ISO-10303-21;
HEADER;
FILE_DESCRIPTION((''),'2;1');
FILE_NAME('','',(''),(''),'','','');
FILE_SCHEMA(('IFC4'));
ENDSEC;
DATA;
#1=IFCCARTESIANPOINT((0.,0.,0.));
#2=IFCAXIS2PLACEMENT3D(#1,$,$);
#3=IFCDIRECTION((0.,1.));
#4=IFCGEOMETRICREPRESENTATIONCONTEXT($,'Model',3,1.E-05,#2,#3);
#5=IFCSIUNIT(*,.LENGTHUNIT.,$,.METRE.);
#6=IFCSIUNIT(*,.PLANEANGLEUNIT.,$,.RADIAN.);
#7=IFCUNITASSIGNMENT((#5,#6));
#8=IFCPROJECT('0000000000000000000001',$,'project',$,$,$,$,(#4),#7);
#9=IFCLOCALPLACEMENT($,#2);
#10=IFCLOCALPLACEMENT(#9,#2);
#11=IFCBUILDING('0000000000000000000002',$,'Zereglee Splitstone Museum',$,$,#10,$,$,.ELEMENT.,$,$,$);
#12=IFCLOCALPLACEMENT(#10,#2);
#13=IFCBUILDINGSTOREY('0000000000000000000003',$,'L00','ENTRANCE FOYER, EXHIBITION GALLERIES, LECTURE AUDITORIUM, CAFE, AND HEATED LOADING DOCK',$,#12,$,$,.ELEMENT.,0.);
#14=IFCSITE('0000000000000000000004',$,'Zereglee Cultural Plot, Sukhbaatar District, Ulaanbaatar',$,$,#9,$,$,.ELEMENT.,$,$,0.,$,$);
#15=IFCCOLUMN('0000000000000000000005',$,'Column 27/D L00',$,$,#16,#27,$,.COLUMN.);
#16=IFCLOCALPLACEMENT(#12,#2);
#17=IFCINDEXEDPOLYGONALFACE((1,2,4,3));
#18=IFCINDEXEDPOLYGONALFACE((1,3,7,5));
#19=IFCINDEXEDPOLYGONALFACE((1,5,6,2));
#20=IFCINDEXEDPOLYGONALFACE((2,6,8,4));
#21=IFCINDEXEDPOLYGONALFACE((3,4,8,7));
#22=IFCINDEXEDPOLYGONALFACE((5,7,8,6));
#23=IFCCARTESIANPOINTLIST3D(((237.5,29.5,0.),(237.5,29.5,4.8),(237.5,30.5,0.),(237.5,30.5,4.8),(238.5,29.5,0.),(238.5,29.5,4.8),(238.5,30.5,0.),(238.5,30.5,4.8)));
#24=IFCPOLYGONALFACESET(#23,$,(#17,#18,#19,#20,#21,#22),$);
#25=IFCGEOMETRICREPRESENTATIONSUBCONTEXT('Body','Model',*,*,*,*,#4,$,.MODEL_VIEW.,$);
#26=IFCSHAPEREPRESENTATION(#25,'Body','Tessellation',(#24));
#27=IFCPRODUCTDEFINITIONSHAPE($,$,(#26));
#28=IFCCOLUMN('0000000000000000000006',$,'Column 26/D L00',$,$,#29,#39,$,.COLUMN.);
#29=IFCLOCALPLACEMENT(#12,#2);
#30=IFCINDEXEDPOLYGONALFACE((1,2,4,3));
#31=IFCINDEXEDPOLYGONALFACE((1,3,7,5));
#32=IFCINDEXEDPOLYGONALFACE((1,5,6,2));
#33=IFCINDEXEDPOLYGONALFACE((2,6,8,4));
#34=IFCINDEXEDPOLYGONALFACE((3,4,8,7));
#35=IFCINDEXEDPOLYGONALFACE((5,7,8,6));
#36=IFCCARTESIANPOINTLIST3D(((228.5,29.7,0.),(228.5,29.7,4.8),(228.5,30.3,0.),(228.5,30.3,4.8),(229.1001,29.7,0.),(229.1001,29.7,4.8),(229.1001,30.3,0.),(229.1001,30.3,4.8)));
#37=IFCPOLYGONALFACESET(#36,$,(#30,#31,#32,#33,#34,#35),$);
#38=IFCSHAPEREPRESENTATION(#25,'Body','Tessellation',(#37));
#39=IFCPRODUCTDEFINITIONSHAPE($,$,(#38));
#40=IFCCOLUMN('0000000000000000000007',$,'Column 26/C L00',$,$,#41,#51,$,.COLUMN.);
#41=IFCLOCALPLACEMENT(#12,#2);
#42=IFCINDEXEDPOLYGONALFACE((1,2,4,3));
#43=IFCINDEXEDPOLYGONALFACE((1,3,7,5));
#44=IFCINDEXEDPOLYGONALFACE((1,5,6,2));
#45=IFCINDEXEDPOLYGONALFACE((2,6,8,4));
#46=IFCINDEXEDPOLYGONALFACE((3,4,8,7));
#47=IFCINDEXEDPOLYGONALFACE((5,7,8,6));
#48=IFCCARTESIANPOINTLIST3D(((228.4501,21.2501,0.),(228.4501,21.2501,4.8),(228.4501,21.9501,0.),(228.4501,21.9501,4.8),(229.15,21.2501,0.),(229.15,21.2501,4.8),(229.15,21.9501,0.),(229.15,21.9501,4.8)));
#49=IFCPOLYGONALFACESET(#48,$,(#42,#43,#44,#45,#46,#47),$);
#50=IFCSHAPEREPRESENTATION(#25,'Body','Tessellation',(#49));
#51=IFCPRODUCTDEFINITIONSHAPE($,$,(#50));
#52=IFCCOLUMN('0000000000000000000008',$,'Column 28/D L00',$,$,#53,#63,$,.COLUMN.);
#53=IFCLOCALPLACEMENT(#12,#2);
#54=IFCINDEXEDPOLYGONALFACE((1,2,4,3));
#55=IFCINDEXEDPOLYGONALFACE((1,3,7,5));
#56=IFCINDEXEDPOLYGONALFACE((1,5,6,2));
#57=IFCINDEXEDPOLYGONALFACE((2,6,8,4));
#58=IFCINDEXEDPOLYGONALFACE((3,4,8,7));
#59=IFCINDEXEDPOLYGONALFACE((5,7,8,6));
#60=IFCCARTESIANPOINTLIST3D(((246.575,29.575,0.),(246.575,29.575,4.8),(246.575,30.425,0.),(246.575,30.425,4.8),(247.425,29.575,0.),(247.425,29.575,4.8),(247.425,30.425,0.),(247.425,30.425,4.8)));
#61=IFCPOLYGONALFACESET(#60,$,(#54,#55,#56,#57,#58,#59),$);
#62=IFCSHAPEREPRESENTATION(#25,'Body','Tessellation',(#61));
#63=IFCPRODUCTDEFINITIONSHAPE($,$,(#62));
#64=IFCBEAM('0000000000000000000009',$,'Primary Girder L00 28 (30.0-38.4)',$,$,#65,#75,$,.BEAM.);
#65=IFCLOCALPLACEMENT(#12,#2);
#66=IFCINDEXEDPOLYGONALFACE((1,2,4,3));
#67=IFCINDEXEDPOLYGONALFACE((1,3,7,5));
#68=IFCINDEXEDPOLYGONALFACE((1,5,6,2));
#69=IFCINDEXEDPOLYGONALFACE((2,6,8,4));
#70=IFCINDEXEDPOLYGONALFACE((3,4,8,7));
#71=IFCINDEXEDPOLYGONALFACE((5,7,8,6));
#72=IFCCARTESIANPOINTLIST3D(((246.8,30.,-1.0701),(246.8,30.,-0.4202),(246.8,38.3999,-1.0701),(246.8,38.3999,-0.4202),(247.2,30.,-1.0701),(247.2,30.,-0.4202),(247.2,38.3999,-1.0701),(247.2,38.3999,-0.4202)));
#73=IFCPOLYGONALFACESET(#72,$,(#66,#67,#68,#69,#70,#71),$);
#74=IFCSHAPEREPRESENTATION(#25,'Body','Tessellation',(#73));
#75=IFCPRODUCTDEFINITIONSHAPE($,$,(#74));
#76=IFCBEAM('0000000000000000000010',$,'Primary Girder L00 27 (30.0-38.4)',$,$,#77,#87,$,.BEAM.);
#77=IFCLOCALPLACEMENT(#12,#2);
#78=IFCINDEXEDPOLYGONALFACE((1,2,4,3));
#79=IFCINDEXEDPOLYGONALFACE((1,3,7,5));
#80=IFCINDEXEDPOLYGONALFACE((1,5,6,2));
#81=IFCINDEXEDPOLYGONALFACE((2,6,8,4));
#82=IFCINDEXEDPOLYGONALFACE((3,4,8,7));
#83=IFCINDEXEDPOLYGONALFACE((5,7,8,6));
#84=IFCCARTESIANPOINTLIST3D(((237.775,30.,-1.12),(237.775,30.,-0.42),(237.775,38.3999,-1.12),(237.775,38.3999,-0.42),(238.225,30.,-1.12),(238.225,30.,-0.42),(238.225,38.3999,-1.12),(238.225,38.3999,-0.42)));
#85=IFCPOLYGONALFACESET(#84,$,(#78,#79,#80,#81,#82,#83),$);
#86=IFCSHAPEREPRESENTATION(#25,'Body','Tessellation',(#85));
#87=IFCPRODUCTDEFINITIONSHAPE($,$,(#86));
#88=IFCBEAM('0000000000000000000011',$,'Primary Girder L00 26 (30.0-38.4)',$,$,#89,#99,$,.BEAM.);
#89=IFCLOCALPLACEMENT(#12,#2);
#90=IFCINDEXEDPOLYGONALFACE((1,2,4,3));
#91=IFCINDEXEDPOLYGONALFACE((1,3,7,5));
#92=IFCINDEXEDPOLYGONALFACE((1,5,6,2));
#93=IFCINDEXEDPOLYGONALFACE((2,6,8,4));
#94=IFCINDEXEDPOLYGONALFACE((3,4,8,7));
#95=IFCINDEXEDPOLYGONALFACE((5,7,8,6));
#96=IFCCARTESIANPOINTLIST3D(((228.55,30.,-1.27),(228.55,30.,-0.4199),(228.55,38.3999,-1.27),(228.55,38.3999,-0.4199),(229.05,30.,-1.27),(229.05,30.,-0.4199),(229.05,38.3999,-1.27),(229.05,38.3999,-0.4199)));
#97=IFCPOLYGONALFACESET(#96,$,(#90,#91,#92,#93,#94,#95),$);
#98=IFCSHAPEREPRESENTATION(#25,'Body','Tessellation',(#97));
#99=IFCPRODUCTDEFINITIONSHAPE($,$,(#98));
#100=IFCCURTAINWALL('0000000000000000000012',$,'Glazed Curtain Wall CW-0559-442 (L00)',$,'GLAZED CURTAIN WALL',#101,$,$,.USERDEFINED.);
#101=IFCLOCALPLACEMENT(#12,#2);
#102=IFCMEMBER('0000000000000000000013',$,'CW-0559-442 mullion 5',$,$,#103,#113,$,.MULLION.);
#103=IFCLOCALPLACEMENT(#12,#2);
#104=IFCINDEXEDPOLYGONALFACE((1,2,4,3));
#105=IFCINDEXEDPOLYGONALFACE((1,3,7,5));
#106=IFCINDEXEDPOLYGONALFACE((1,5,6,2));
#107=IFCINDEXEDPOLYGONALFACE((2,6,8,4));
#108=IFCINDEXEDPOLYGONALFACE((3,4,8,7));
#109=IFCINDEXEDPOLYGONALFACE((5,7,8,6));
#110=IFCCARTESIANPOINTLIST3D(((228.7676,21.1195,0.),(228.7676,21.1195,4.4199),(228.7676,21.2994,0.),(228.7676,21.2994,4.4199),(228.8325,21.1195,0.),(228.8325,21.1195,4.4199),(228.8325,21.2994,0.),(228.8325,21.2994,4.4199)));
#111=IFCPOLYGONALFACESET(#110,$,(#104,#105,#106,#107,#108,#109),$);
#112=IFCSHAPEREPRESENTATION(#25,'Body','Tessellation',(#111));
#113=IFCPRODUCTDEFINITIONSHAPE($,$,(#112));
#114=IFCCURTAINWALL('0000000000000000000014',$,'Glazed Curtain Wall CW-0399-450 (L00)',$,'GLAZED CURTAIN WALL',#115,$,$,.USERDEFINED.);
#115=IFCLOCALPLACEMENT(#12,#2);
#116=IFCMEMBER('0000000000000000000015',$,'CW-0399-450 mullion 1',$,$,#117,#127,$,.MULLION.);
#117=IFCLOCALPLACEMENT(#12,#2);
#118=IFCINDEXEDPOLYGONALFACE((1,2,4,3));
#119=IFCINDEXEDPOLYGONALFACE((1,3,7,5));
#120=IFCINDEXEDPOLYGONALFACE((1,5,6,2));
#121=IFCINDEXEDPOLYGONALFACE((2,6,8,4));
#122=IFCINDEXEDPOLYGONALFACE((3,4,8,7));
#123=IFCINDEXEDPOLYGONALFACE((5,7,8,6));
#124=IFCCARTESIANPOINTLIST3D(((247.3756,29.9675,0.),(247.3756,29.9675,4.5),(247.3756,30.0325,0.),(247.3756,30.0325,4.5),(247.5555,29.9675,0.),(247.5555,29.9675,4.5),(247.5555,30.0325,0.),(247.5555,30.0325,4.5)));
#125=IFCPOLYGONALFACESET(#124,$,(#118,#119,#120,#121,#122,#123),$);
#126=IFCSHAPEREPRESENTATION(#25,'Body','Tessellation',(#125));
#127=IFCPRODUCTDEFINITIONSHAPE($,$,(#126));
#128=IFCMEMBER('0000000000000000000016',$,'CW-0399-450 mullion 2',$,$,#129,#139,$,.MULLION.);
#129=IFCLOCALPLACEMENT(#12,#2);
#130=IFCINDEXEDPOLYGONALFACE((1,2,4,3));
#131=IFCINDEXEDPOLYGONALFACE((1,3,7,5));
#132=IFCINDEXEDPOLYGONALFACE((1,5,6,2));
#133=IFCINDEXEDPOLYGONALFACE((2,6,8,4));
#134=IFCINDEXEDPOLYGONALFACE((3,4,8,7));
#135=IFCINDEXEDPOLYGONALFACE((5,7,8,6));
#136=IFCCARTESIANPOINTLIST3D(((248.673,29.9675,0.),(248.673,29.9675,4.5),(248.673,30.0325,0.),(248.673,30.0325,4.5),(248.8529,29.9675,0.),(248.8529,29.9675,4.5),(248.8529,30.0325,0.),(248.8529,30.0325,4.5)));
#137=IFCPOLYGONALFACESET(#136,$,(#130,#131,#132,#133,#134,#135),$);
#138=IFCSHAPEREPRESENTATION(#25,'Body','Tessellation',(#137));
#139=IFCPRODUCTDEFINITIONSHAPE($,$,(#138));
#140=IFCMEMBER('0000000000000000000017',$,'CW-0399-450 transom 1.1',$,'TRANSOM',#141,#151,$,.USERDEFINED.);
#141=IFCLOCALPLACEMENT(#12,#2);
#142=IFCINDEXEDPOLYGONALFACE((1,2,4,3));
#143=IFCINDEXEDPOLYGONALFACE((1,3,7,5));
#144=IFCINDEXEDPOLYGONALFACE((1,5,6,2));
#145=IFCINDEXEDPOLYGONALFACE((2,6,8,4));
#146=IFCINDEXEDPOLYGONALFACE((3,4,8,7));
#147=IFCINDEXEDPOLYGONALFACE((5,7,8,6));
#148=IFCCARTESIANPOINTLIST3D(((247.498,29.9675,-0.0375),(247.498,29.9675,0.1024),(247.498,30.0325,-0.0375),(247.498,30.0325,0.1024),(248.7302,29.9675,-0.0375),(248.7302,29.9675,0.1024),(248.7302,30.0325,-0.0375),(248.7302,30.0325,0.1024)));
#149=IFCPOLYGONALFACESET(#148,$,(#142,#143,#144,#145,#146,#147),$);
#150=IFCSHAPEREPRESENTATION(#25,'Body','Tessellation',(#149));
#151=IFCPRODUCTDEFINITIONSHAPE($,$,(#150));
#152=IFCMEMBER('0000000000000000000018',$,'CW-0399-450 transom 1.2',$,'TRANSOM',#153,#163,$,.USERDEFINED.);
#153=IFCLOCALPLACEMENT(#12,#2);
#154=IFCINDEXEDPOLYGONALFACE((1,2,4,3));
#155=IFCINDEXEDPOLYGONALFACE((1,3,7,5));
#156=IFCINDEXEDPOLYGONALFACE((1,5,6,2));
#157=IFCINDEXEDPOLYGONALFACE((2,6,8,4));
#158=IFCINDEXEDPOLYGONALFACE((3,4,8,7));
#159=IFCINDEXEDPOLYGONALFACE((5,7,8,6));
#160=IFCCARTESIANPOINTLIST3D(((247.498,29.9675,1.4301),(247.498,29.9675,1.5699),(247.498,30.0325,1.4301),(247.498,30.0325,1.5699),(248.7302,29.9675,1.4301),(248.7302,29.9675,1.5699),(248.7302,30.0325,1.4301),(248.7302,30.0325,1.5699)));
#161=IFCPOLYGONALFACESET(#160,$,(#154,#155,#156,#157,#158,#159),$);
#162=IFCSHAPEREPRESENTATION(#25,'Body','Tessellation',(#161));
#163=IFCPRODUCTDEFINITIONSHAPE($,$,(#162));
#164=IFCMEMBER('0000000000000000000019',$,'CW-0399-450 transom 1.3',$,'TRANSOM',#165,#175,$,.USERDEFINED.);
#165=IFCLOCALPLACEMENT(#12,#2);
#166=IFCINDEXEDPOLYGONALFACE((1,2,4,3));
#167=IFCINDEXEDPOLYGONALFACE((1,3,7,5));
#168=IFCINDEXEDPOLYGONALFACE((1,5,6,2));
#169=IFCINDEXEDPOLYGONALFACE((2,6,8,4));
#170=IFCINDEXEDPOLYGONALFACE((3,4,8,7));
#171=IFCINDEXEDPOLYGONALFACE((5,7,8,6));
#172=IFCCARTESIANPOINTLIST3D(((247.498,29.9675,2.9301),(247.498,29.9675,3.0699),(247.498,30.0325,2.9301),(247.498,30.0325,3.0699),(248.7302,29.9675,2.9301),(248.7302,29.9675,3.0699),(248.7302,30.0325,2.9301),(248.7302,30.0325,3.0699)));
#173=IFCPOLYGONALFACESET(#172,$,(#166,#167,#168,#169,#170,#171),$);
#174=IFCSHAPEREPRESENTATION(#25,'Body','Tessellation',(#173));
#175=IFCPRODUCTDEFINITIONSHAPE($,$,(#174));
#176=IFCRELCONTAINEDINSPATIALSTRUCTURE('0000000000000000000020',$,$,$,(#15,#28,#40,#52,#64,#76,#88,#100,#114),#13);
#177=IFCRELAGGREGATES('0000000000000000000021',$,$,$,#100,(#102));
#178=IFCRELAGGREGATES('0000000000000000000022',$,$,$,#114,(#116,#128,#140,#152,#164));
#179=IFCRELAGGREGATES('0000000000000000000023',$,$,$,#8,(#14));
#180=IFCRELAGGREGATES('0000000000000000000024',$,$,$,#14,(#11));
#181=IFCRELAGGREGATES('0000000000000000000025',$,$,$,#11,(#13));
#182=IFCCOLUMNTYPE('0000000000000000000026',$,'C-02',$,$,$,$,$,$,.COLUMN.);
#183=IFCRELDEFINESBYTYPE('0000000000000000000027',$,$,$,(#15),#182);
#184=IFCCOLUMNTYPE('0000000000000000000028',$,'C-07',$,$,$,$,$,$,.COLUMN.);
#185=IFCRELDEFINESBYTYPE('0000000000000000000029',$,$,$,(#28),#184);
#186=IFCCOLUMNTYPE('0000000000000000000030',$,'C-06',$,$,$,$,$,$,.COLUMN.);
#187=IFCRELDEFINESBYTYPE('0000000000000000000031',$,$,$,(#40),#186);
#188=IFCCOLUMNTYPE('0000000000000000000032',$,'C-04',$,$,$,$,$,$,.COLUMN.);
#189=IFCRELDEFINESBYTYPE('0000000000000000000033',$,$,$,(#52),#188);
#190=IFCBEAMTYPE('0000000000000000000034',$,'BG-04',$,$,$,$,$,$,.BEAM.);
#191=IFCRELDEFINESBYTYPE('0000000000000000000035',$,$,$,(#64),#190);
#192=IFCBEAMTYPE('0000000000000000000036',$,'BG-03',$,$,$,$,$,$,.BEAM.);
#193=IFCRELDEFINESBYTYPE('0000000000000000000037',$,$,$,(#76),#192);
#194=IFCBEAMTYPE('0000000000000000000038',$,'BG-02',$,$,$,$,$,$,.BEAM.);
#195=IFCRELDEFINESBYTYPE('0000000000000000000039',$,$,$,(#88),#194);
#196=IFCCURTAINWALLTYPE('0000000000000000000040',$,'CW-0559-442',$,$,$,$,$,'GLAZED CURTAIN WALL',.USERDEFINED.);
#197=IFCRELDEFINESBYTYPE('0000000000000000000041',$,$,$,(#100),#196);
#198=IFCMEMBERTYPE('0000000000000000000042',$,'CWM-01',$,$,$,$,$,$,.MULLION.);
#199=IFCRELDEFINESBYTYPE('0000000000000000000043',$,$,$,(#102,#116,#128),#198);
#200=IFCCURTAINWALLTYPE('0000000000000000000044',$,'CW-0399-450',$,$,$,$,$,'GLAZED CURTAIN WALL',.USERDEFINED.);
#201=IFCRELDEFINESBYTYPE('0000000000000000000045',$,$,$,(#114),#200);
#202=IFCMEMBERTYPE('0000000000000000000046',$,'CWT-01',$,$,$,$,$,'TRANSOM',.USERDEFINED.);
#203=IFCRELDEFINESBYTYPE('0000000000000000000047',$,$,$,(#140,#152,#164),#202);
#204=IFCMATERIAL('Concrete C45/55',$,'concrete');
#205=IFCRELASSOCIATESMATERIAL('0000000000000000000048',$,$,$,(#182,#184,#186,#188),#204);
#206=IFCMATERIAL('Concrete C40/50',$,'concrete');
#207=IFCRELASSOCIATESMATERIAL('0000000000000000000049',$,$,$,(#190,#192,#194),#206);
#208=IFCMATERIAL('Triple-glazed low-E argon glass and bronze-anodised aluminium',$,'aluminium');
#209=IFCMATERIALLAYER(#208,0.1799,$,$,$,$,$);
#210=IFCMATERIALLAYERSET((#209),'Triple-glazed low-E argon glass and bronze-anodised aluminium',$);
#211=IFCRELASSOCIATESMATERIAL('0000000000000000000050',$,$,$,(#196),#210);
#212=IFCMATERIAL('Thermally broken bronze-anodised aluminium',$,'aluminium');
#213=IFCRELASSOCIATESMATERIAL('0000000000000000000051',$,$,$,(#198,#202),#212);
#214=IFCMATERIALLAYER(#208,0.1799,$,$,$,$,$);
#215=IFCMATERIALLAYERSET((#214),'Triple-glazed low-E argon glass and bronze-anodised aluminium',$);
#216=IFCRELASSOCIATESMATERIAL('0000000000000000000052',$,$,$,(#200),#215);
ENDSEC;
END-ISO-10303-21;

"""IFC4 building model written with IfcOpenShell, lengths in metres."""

from ifc_helpers import new_model, si_unit, direction, frame, origin, origin_2d, place, context, subcontext, project, spatial, rectangle, extrude, material, layer, layer_set, material_profile, profile_set, type_object, element, aggregate, save


model = new_model("IFC4")

# Units and contexts
model_context = context("Model", 3, precision=1e-05, world=origin(), true_north=direction((0.0, 1.0)))
body_context = subcontext(model_context, "Body", "Model", "MODEL_VIEW")
ifc_project = project(units=[si_unit("LENGTHUNIT", "METRE"), si_unit("PLANEANGLEUNIT", "RADIAN")], contexts=[model_context])

# Site, building, storey
site_placement = place(None, origin())
site = spatial("IfcSite", under=ifc_project, at=site_placement, Name="Zereglee Cultural Plot, Sukhbaatar District, Ulaanbaatar", CompositionType="ELEMENT", RefElevation=0.0)
building_placement = place(site_placement, origin())
building = spatial("IfcBuilding", under=site, at=building_placement, Name="Zereglee Splitstone Museum", CompositionType="ELEMENT")
storey_placement = place(building_placement, origin())
storey = spatial("IfcBuildingStorey", under=building, at=storey_placement, Name="L00", Description="ENTRANCE FOYER, EXHIBITION GALLERIES, LECTURE AUDITORIUM, CAFE, AND HEATED LOADING DOCK", CompositionType="ELEMENT", Elevation=0.0)

# Columns
ifc_material_1 = material(Name="Concrete C45/55", Category="concrete")
ifc_material_profile_1 = material_profile(ifc_material_1, rectangle(XDim=1.0, YDim=1.0, at=origin_2d()), Name="RC 1000x1000")
ifc_profile_set_1 = profile_set([ifc_material_profile_1], Name="Concrete C45/55")
column_type_1 = type_object("IfcColumnType", Name="C-02", PredefinedType="COLUMN", material=ifc_profile_set_1)
column_1_placement = place(storey_placement, frame((238.0, 30.0, 0.0), z_axis=(0.0, 0.0, 1.0), x_axis=(1.0, 0.0, 0.0)))
element("IfcColumn", 1, at=column_1_placement, inside=storey, type_object=column_type_1, Name="Column 27/D L00", PredefinedType="COLUMN", context=body_context, shape_type="SweptSolid", body=[
    extrude(rectangle(XDim=1.0, YDim=1.0, at=origin_2d()), origin(), (0.0, 0.0, 1.0), 4.8),
])
ifc_material_profile_2 = material_profile(ifc_material_1, rectangle(XDim=0.6001, YDim=0.6001, at=origin_2d()), Name="RC 600x600")
ifc_profile_set_2 = profile_set([ifc_material_profile_2], Name="Concrete C45/55")
column_type_2 = type_object("IfcColumnType", Name="C-07", PredefinedType="COLUMN", material=ifc_profile_set_2)
column_2_placement = place(storey_placement, frame((228.8, 30.0, 0.0), z_axis=(0.0, 0.0, 1.0), x_axis=(1.0, 0.0, 0.0)))
element("IfcColumn", 2, at=column_2_placement, inside=storey, type_object=column_type_2, Name="Column 26/D L00", PredefinedType="COLUMN", context=body_context, shape_type="SweptSolid", body=[
    extrude(rectangle(XDim=0.6001, YDim=0.6001, at=origin_2d()), origin(), (0.0, 0.0, 1.0), 4.8),
])
ifc_material_profile_3 = material_profile(ifc_material_1, rectangle(XDim=0.7, YDim=0.7, at=origin_2d()), Name="RC 700x700")
ifc_profile_set_3 = profile_set([ifc_material_profile_3], Name="Concrete C45/55")
column_type_3 = type_object("IfcColumnType", Name="C-06", PredefinedType="COLUMN", material=ifc_profile_set_3)
column_3_placement = place(storey_placement, frame((228.8, 21.6001, 0.0), z_axis=(0.0, 0.0, 1.0), x_axis=(1.0, 0.0, 0.0)))
element("IfcColumn", 3, at=column_3_placement, inside=storey, type_object=column_type_3, Name="Column 26/C L00", PredefinedType="COLUMN", context=body_context, shape_type="SweptSolid", body=[
    extrude(rectangle(XDim=0.7, YDim=0.7, at=origin_2d()), origin(), (0.0, 0.0, 1.0), 4.8),
])
ifc_material_profile_4 = material_profile(ifc_material_1, rectangle(XDim=0.8501, YDim=0.8501, at=origin_2d()), Name="RC 850x850")
ifc_profile_set_4 = profile_set([ifc_material_profile_4], Name="Concrete C45/55")
column_type_4 = type_object("IfcColumnType", Name="C-04", PredefinedType="COLUMN", material=ifc_profile_set_4)
column_4_placement = place(storey_placement, frame((247.0, 30.0, 0.0), z_axis=(0.0, 0.0, 1.0), x_axis=(1.0, 0.0, 0.0)))
element("IfcColumn", 4, at=column_4_placement, inside=storey, type_object=column_type_4, Name="Column 28/D L00", PredefinedType="COLUMN", context=body_context, shape_type="SweptSolid", body=[
    extrude(rectangle(XDim=0.8501, YDim=0.8501, at=origin_2d()), origin(), (0.0, 0.0, 1.0), 4.8),
])

# Beams
ifc_material_2 = material(Name="Concrete C40/50", Category="concrete")
ifc_material_profile_5 = material_profile(ifc_material_2, rectangle(XDim=0.3999, YDim=0.6499, at=origin_2d()), Name="RC 400x650")
ifc_profile_set_5 = profile_set([ifc_material_profile_5], Name="Concrete C40/50")
beam_type_1 = type_object("IfcBeamType", Name="BG-04", PredefinedType="BEAM", material=ifc_profile_set_5)
beam_1_placement = place(storey_placement, frame((247.0, 30.0, -0.7451), z_axis=(0.0, 1.0, 0.0), x_axis=(-1.0, 0.0, 0.0)))
element("IfcBeam", 5, at=beam_1_placement, inside=storey, type_object=beam_type_1, Name="Primary Girder L00 28 (30.0-38.4)", PredefinedType="BEAM", context=body_context, shape_type="SweptSolid", body=[
    extrude(rectangle(XDim=0.3999, YDim=0.6499, at=origin_2d()), origin(), (0.0, 0.0, 1.0), 8.3999),
])
ifc_material_profile_6 = material_profile(ifc_material_2, rectangle(XDim=0.45, YDim=0.7, at=origin_2d()), Name="RC 450x700")
ifc_profile_set_6 = profile_set([ifc_material_profile_6], Name="Concrete C40/50")
beam_type_2 = type_object("IfcBeamType", Name="BG-03", PredefinedType="BEAM", material=ifc_profile_set_6)
beam_2_placement = place(storey_placement, frame((238.0, 30.0, -0.77), z_axis=(0.0, 1.0, 0.0), x_axis=(-1.0, 0.0, 0.0)))
element("IfcBeam", 6, at=beam_2_placement, inside=storey, type_object=beam_type_2, Name="Primary Girder L00 27 (30.0-38.4)", PredefinedType="BEAM", context=body_context, shape_type="SweptSolid", body=[
    extrude(rectangle(XDim=0.45, YDim=0.7, at=origin_2d()), origin(), (0.0, 0.0, 1.0), 8.3999),
])
ifc_material_profile_7 = material_profile(ifc_material_2, rectangle(XDim=0.5, YDim=0.8501, at=origin_2d()), Name="RC 500x850")
ifc_profile_set_7 = profile_set([ifc_material_profile_7], Name="Concrete C40/50")
beam_type_3 = type_object("IfcBeamType", Name="BG-02", PredefinedType="BEAM", material=ifc_profile_set_7)
beam_3_placement = place(storey_placement, frame((228.8, 30.0, -0.845), z_axis=(0.0, 1.0, 0.0), x_axis=(-1.0, 0.0, 0.0)))
element("IfcBeam", 7, at=beam_3_placement, inside=storey, type_object=beam_type_3, Name="Primary Girder L00 26 (30.0-38.4)", PredefinedType="BEAM", context=body_context, shape_type="SweptSolid", body=[
    extrude(rectangle(XDim=0.5, YDim=0.8501, at=origin_2d()), origin(), (0.0, 0.0, 1.0), 8.3999),
])

# Curtain wall, member
ifc_material_3 = material(Name="Triple-glazed low-E argon glass and bronze-anodised aluminium", Category="aluminium")
ifc_layer_1 = layer(ifc_material_3, 0.1799)
ifc_layer_set_1 = layer_set([ifc_layer_1], Name="Triple-glazed low-E argon glass and bronze-anodised aluminium")
curtain_wall_type_1 = type_object("IfcCurtainWallType", Name="CW-0559-442", ElementType="GLAZED CURTAIN WALL", PredefinedType="USERDEFINED", material=ifc_layer_set_1)
curtain_wall_1_placement = place(storey_placement, origin())
curtain_wall_1 = element("IfcCurtainWall", 8, at=curtain_wall_1_placement, inside=storey, type_object=curtain_wall_type_1, Name="Glazed Curtain Wall CW-0559-442 (L00)", ObjectType="GLAZED CURTAIN WALL", PredefinedType="USERDEFINED")
ifc_material_4 = material(Name="Thermally broken bronze-anodised aluminium", Category="aluminium")
ifc_material_profile_8 = material_profile(ifc_material_4, rectangle(XDim=0.0649, YDim=0.1799, at=origin_2d()), Name="CW MULL 65x180")
ifc_profile_set_8 = profile_set([ifc_material_profile_8], Name="Thermally broken bronze-anodised aluminium")
member_type_1 = type_object("IfcMemberType", Name="CWM-01", PredefinedType="MULLION", material=ifc_profile_set_8)
member_1_placement = place(storey_placement, frame((228.8, 21.2095, 0.0), z_axis=(0.0, 0.0, 1.0), x_axis=(-1.0, 0.0, 0.0)))
member_1 = element("IfcMember", 9, at=member_1_placement, type_object=member_type_1, Name="CW-0559-442 mullion 5", PredefinedType="MULLION", context=body_context, shape_type="SweptSolid", body=[
    extrude(rectangle(XDim=0.0649, YDim=0.1799, at=origin_2d()), origin(), (0.0, 0.0, 1.0), 4.4199),
])
aggregate(curtain_wall_1, [member_1])

# Curtain wall, members
ifc_layer_2 = layer(ifc_material_3, 0.1799)
ifc_layer_set_2 = layer_set([ifc_layer_2], Name="Triple-glazed low-E argon glass and bronze-anodised aluminium")
curtain_wall_type_2 = type_object("IfcCurtainWallType", Name="CW-0399-450", ElementType="GLAZED CURTAIN WALL", PredefinedType="USERDEFINED", material=ifc_layer_set_2)
curtain_wall_2_placement = place(storey_placement, origin())
curtain_wall_2 = element("IfcCurtainWall", 10, at=curtain_wall_2_placement, inside=storey, type_object=curtain_wall_type_2, Name="Glazed Curtain Wall CW-0399-450 (L00)", ObjectType="GLAZED CURTAIN WALL", PredefinedType="USERDEFINED")
member_2_placement = place(storey_placement, frame((247.4656, 30.0, 0.0), z_axis=(0.0, 0.0, 1.0), x_axis=(0.0, 1.0, 0.0)))
member_2 = element("IfcMember", 11, at=member_2_placement, type_object=member_type_1, Name="CW-0399-450 mullion 1", PredefinedType="MULLION", context=body_context, shape_type="SweptSolid", body=[
    extrude(rectangle(XDim=0.0649, YDim=0.1799, at=origin_2d()), origin(), (0.0, 0.0, 1.0), 4.5),
])
member_3_placement = place(storey_placement, frame((248.7629, 30.0, 0.0), z_axis=(0.0, 0.0, 1.0), x_axis=(0.0, 1.0, 0.0)))
member_3 = element("IfcMember", 12, at=member_3_placement, type_object=member_type_1, Name="CW-0399-450 mullion 2", PredefinedType="MULLION", context=body_context, shape_type="SweptSolid", body=[
    extrude(rectangle(XDim=0.0649, YDim=0.1799, at=origin_2d()), origin(), (0.0, 0.0, 1.0), 4.5),
])
ifc_material_profile_9 = material_profile(ifc_material_4, rectangle(XDim=0.0649, YDim=0.1399, at=origin_2d()), Name="CW TRAN 65x140")
ifc_profile_set_9 = profile_set([ifc_material_profile_9], Name="Thermally broken bronze-anodised aluminium")
member_type_2 = type_object("IfcMemberType", Name="CWT-01", ElementType="TRANSOM", PredefinedType="USERDEFINED", material=ifc_profile_set_9)
member_4_placement = place(storey_placement, frame((247.498, 30.0, 0.0325), z_axis=(1.0, 0.0, 0.0), x_axis=(0.0, 1.0, 0.0)))
member_4 = element("IfcMember", 13, at=member_4_placement, type_object=member_type_2, Name="CW-0399-450 transom 1.1", ObjectType="TRANSOM", PredefinedType="USERDEFINED", context=body_context, shape_type="SweptSolid", body=[
    extrude(rectangle(XDim=0.0649, YDim=0.1399, at=origin_2d()), origin(), (0.0, 0.0, 1.0), 1.2322),
])
member_5_placement = place(storey_placement, frame((247.498, 30.0, 1.5), z_axis=(1.0, 0.0, 0.0), x_axis=(0.0, 1.0, 0.0)))
member_5 = element("IfcMember", 14, at=member_5_placement, type_object=member_type_2, Name="CW-0399-450 transom 1.2", ObjectType="TRANSOM", PredefinedType="USERDEFINED", context=body_context, shape_type="SweptSolid", body=[
    extrude(rectangle(XDim=0.0649, YDim=0.1399, at=origin_2d()), origin(), (0.0, 0.0, 1.0), 1.2322),
])
member_6_placement = place(storey_placement, frame((247.498, 30.0, 3.0), z_axis=(1.0, 0.0, 0.0), x_axis=(0.0, 1.0, 0.0)))
member_6 = element("IfcMember", 15, at=member_6_placement, type_object=member_type_2, Name="CW-0399-450 transom 1.3", ObjectType="TRANSOM", PredefinedType="USERDEFINED", context=body_context, shape_type="SweptSolid", body=[
    extrude(rectangle(XDim=0.0649, YDim=0.1399, at=origin_2d()), origin(), (0.0, 0.0, 1.0), 1.2322),
])

aggregate(curtain_wall_2, [member_2, member_3, member_4, member_5, member_6])

save(model, "model.ifc")
